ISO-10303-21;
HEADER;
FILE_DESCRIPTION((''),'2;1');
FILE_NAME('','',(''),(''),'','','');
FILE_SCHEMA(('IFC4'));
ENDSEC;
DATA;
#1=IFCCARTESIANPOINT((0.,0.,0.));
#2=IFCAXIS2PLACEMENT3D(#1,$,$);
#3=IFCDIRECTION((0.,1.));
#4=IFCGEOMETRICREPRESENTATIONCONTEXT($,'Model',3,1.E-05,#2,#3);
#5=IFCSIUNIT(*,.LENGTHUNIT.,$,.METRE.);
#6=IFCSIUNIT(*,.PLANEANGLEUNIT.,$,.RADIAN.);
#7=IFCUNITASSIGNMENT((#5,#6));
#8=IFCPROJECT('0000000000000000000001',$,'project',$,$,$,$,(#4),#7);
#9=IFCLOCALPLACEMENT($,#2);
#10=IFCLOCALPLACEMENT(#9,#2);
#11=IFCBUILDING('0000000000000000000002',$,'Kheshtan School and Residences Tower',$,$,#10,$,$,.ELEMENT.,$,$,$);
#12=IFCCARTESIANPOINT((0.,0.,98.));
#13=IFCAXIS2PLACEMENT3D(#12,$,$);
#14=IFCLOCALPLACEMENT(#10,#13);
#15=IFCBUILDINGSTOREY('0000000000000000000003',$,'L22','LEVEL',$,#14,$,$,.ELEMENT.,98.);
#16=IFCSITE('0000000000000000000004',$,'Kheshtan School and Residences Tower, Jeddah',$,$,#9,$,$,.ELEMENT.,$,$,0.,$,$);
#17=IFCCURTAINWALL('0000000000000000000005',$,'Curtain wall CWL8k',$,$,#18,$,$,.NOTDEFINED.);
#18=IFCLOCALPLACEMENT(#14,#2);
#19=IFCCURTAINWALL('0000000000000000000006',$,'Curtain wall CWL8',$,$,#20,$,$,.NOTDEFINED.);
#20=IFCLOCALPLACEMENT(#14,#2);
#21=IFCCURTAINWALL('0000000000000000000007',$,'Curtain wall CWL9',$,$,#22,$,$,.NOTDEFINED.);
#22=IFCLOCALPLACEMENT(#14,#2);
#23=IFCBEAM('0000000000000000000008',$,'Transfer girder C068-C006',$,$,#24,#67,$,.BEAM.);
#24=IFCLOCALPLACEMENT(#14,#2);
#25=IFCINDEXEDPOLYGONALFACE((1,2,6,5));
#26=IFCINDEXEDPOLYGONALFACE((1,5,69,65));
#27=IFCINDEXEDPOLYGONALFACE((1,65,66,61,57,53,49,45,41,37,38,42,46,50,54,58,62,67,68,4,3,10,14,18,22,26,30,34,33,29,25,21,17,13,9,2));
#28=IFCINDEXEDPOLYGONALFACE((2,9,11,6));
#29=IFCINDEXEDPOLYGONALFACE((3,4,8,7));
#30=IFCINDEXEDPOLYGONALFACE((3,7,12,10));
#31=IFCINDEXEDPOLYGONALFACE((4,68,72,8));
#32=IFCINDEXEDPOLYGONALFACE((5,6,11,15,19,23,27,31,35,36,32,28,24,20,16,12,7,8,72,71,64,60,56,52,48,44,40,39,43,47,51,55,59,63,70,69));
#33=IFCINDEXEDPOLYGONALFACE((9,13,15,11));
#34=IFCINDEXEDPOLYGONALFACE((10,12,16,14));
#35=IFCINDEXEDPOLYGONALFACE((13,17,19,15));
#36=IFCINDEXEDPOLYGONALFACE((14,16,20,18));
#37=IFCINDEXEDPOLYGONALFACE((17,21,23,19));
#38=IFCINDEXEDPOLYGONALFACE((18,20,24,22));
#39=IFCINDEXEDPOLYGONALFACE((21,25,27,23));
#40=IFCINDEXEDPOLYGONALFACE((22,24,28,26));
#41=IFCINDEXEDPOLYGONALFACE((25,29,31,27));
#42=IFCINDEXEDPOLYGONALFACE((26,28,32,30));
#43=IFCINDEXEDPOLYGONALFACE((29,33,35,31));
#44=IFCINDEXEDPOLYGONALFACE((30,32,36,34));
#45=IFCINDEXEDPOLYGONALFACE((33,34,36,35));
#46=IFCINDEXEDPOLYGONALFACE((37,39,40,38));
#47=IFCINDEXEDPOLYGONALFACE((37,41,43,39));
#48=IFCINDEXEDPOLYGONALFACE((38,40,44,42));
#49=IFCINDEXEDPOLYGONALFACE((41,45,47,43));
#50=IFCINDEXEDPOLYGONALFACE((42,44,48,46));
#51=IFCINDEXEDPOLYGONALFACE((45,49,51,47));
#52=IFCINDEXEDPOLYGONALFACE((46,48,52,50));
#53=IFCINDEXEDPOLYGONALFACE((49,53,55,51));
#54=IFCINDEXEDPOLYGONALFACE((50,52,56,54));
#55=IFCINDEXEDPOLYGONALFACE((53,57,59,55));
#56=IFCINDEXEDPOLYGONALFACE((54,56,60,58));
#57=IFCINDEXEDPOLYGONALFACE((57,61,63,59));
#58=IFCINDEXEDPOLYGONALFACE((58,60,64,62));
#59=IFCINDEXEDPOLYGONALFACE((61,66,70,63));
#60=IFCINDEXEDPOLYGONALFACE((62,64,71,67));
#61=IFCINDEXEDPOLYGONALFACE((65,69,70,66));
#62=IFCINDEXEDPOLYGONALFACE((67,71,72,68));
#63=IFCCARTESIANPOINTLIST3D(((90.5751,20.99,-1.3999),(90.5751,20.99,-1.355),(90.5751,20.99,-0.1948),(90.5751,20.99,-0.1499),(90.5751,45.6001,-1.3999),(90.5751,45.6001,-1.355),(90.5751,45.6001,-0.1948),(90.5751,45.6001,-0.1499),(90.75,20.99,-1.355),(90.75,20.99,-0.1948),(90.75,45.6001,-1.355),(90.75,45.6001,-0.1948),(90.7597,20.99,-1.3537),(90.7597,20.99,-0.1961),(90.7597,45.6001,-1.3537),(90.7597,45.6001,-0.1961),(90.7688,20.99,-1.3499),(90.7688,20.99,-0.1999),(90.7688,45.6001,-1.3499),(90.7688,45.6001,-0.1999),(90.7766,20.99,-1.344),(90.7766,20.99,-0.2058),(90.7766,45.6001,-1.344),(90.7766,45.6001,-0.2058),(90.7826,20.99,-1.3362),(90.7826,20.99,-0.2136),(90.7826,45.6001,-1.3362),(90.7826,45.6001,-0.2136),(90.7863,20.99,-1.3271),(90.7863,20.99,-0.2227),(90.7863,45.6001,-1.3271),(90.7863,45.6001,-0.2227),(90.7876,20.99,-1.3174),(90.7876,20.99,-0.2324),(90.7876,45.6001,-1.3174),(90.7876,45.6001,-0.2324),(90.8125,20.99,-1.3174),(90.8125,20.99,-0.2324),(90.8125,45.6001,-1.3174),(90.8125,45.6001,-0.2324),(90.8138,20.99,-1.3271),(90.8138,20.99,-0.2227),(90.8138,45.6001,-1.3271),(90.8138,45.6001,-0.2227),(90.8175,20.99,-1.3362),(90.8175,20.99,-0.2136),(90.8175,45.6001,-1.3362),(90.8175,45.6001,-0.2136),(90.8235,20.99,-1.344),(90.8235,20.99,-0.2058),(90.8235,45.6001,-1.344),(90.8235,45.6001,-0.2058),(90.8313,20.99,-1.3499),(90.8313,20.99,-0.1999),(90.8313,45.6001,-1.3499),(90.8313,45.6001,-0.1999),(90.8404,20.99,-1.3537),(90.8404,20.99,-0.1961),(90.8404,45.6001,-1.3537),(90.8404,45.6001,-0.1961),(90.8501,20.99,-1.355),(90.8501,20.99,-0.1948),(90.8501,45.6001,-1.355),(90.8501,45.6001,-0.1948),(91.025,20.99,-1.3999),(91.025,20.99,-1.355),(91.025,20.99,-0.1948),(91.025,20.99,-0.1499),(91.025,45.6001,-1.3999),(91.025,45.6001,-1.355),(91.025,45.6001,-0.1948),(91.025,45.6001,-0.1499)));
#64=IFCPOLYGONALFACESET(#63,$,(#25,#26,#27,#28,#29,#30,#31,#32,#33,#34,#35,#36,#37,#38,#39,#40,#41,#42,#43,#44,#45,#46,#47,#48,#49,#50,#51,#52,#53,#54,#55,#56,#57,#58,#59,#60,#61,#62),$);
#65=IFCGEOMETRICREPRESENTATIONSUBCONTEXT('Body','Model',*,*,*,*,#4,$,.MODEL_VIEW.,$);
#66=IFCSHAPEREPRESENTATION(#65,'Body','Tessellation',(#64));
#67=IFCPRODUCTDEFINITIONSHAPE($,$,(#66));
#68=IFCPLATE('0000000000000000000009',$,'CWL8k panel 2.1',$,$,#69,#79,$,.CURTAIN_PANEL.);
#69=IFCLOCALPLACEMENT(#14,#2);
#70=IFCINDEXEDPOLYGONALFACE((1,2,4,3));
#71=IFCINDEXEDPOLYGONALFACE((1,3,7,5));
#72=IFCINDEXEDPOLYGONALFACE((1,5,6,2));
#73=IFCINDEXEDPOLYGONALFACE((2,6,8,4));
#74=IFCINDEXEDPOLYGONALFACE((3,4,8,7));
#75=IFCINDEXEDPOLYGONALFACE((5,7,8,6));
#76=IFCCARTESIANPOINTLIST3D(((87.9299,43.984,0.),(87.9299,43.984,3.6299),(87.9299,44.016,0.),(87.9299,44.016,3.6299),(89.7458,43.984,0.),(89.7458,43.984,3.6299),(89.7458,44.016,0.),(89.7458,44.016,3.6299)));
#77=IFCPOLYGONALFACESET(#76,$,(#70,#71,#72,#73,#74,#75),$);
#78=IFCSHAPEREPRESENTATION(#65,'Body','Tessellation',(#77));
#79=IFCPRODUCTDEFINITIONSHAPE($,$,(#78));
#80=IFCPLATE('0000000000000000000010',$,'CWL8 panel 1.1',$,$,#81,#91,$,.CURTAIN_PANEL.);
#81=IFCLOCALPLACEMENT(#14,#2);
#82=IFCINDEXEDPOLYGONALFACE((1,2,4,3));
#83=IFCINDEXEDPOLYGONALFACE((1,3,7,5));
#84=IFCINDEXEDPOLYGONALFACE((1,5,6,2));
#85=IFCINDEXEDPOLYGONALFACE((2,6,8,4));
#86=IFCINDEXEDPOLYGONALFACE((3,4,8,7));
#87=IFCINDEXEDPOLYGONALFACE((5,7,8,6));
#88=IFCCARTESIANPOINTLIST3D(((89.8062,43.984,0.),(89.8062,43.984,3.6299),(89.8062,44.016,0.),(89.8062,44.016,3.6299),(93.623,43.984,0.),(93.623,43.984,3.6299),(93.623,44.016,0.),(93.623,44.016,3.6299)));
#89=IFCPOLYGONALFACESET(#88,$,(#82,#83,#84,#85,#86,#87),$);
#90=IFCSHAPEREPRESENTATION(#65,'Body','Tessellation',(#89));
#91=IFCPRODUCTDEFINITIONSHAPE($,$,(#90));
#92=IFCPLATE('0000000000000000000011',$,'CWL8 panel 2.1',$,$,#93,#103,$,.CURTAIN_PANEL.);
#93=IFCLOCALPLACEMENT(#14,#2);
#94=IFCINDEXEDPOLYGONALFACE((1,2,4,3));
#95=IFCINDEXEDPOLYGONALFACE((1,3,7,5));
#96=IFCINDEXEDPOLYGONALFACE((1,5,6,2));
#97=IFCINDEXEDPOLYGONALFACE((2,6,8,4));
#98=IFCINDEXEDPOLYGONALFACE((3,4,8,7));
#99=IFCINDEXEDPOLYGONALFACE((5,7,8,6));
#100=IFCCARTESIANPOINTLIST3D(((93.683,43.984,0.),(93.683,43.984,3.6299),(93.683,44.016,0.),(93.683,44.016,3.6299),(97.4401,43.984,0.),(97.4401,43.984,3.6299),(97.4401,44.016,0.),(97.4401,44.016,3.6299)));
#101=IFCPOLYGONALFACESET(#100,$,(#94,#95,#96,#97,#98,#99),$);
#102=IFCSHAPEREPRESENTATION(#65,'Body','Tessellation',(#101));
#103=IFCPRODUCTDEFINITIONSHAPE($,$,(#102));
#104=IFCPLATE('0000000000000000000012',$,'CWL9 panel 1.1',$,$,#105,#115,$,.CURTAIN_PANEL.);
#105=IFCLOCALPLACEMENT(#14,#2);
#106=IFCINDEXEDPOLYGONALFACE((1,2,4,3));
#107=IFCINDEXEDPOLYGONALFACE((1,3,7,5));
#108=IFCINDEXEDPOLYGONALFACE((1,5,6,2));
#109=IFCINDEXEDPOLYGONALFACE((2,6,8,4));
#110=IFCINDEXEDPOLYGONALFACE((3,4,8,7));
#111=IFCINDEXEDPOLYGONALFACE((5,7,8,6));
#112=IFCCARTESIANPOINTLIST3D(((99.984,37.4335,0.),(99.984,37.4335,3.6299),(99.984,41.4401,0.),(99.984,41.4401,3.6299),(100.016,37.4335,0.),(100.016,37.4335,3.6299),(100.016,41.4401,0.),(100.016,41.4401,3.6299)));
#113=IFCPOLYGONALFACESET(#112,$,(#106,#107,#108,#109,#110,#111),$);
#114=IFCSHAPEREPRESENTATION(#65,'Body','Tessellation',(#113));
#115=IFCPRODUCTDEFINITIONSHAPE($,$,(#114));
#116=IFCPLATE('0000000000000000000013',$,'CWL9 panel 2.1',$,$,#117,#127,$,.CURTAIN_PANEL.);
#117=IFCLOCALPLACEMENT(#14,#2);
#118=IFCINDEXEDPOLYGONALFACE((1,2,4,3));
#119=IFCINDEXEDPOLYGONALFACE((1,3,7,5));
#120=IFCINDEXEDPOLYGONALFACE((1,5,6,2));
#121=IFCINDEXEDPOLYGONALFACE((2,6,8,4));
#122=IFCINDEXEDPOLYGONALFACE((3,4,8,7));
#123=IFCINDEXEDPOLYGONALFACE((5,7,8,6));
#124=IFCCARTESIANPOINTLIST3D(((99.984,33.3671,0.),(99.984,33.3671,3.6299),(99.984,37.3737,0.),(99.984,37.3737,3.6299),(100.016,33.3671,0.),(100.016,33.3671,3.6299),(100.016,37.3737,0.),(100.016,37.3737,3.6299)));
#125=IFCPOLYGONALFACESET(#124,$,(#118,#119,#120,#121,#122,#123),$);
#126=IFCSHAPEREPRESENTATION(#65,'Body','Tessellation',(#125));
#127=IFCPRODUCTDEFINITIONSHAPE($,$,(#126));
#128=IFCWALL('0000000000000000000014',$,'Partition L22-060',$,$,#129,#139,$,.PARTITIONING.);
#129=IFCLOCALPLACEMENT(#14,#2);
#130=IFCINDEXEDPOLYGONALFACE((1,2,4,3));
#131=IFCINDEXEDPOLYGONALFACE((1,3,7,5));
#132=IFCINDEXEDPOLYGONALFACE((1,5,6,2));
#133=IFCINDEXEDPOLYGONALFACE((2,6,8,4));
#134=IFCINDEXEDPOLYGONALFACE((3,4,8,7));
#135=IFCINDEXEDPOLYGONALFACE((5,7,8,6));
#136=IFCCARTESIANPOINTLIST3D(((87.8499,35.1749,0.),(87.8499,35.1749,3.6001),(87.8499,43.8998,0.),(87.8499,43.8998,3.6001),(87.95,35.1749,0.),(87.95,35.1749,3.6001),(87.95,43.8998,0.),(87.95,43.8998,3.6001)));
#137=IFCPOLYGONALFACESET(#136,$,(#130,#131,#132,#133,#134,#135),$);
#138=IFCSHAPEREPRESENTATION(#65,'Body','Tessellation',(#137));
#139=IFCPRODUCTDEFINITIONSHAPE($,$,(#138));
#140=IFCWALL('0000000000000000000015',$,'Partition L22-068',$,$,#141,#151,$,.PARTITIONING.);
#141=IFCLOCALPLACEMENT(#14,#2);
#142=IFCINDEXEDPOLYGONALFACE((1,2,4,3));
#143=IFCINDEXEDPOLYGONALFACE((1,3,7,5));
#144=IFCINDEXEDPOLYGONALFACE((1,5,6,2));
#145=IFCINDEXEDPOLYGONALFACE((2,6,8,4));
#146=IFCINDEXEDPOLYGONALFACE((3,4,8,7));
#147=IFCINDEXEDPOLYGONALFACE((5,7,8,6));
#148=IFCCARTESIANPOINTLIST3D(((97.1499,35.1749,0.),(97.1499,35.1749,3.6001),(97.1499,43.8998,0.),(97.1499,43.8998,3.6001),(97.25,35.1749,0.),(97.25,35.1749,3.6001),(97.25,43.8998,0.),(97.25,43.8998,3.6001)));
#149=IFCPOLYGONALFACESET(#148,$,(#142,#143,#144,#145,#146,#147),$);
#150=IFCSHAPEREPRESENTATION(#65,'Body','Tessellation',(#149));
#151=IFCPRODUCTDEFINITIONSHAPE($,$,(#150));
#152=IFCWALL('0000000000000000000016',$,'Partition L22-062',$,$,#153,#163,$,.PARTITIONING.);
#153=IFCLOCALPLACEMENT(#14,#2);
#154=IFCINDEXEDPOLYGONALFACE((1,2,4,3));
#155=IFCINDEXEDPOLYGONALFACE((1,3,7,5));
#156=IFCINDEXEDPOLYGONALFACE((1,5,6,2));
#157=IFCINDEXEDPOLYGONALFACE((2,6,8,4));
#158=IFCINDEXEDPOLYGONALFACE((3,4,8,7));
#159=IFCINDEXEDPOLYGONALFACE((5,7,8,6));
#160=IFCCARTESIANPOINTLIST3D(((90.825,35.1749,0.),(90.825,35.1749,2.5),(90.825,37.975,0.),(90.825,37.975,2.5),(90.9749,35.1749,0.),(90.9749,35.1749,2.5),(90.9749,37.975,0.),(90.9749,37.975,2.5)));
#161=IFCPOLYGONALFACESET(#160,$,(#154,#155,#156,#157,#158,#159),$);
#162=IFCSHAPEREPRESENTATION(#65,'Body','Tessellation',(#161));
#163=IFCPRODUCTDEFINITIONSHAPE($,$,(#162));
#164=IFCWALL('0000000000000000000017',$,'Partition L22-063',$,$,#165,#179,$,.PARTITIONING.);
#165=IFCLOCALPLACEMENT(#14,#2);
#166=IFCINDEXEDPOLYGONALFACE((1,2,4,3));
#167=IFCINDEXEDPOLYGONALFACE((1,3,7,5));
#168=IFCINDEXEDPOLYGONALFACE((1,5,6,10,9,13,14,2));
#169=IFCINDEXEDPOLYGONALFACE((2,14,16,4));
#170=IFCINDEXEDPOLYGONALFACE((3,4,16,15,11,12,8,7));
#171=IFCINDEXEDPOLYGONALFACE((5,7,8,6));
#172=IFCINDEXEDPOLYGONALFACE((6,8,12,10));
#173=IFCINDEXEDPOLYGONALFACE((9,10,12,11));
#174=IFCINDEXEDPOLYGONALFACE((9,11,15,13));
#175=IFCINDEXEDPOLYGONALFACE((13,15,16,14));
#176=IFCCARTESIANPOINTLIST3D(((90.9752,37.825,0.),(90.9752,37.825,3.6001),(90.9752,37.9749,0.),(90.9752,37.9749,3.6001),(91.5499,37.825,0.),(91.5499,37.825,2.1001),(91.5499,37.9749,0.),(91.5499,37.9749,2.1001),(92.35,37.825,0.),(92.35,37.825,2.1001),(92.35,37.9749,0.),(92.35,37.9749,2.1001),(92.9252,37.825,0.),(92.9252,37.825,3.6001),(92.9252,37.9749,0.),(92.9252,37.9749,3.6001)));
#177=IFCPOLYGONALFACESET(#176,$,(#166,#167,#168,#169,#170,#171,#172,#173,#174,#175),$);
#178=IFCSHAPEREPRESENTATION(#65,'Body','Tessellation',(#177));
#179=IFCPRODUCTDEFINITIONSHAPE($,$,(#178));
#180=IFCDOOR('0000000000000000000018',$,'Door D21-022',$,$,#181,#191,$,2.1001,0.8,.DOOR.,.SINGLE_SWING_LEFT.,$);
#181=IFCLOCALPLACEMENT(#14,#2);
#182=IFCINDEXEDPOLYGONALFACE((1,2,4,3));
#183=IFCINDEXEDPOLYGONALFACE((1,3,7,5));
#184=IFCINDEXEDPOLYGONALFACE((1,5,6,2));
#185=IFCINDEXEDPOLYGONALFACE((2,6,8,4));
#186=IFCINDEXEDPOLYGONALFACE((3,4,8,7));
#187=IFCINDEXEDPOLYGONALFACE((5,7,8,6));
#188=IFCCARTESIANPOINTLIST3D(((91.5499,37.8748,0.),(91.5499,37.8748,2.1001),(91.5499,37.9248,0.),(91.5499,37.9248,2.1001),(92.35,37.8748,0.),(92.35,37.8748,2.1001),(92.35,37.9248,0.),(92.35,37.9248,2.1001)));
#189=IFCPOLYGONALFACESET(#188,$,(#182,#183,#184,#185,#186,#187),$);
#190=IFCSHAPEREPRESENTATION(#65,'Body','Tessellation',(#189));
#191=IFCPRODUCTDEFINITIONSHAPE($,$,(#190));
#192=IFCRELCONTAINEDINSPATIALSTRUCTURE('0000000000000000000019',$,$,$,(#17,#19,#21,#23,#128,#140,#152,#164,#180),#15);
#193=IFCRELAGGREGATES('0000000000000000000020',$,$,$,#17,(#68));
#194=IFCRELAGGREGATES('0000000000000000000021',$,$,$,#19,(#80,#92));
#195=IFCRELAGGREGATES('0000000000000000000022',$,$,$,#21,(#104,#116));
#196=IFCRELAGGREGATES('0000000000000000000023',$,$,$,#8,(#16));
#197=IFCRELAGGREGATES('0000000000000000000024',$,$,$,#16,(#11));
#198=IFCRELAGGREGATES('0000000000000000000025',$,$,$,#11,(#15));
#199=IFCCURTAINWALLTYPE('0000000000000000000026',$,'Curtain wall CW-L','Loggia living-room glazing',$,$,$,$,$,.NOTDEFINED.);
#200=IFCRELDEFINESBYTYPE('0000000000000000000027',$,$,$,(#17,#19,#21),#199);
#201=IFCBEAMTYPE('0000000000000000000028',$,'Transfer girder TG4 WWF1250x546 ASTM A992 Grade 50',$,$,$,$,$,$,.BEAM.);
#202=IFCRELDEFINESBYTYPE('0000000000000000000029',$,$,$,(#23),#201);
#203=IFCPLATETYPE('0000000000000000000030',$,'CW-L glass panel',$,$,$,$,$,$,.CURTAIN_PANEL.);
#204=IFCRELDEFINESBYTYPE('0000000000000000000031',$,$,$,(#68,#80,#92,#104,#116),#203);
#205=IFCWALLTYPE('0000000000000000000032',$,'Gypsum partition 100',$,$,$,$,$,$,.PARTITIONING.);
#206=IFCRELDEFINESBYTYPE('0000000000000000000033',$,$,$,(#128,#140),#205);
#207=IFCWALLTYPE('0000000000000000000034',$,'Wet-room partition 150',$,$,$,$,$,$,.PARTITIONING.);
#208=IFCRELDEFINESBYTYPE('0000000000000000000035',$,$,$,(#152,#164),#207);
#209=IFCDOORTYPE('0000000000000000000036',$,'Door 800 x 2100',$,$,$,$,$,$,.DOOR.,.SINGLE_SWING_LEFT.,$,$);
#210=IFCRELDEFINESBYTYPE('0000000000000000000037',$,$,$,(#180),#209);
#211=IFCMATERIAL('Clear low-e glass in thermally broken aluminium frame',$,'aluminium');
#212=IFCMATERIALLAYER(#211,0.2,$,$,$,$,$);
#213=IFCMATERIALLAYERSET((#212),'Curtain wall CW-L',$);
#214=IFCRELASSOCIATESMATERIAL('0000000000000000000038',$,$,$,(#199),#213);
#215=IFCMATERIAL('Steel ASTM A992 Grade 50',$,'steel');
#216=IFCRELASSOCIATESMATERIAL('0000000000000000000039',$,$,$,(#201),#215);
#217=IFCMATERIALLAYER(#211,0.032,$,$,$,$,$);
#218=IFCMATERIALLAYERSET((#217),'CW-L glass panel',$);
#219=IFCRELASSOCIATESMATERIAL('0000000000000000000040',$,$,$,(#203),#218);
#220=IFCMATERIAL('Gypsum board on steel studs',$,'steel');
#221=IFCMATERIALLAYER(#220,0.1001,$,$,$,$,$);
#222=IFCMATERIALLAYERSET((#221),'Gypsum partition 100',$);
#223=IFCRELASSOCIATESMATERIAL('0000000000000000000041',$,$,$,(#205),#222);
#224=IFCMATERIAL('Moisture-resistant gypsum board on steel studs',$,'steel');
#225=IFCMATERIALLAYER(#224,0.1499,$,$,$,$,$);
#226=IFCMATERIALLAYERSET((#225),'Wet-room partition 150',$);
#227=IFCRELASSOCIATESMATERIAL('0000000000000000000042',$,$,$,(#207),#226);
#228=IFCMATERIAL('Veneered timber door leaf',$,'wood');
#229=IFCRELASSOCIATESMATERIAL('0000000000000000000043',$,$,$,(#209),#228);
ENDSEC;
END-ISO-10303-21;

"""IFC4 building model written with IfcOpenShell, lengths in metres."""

from ifc_helpers import new_model, si_unit, direction, frame, frame_2d, origin, origin_2d, place, context, subcontext, project, spatial, rectangle, i_section, extrude, source, transform, mapped, material, layer, layer_set, material_profile, profile_set, type_object, element, fill, aggregate, save


model = new_model("IFC4")

# Units and contexts
model_context = context("Model", 3, precision=1e-05, world=origin(), true_north=direction((0.0, 1.0)))
body_context = subcontext(model_context, "Body", "Model", "MODEL_VIEW")
ifc_project = project(units=[si_unit("LENGTHUNIT", "METRE"), si_unit("PLANEANGLEUNIT", "RADIAN")], contexts=[model_context])

# Site, building, storey
site_placement = place(None, origin())
site = spatial("IfcSite", under=ifc_project, at=site_placement, Name="Kheshtan School and Residences Tower, Jeddah", CompositionType="ELEMENT", RefElevation=0.0)
building_placement = place(site_placement, origin())
building = spatial("IfcBuilding", under=site, at=building_placement, Name="Kheshtan School and Residences Tower", CompositionType="ELEMENT")
storey_placement = place(building_placement, frame((0.0, 0.0, 98.0)))
storey = spatial("IfcBuildingStorey", under=building, at=storey_placement, Name="L22", Description="LEVEL", CompositionType="ELEMENT", Elevation=98.0)

# Shared definitions
ifc_material_1 = material(Name="Steel ASTM A992 Grade 50", Category="steel")

# Curtain walls
ifc_material_2 = material(Name="Clear low-e glass in thermally broken aluminium frame", Category="aluminium")
ifc_layer_1 = layer(ifc_material_2, 0.2)
ifc_layer_set_1 = layer_set([ifc_layer_1], Name="Curtain wall CW-L")
curtain_wall_type = type_object("IfcCurtainWallType", Name="Curtain wall CW-L", Description="Loggia living-room glazing", PredefinedType="NOTDEFINED", material=ifc_layer_set_1)
curtain_wall_1_placement = place(storey_placement, origin())
curtain_wall_1 = element("IfcCurtainWall", 1, at=curtain_wall_1_placement, inside=storey, type_object=curtain_wall_type, Name="Curtain wall CWL8k", PredefinedType="NOTDEFINED")
curtain_wall_2_placement = place(storey_placement, origin())
curtain_wall_2 = element("IfcCurtainWall", 2, at=curtain_wall_2_placement, inside=storey, type_object=curtain_wall_type, Name="Curtain wall CWL8", PredefinedType="NOTDEFINED")
curtain_wall_3_placement = place(storey_placement, origin())
curtain_wall_3 = element("IfcCurtainWall", 3, at=curtain_wall_3_placement, inside=storey, type_object=curtain_wall_type, Name="Curtain wall CWL9", PredefinedType="NOTDEFINED")

# Beam
ifc_material_profile_1 = material_profile(ifc_material_1, i_section(OverallWidth=0.45, OverallDepth=1.25, WebThickness=0.0249, FlangeThickness=0.0449, FilletRadius=0.0376, at=origin_2d()), Name="WWF1250x546")
ifc_profile_set_1 = profile_set([ifc_material_profile_1], Name="Steel ASTM A992 Grade 50")
beam_type = type_object("IfcBeamType", Name="Transfer girder TG4 WWF1250x546 ASTM A992 Grade 50", PredefinedType="BEAM", material=ifc_profile_set_1)
beam_placement = place(storey_placement, frame((90.8, 45.6001, -0.7749), z_axis=(0.0, -1.0, 0.0), x_axis=(1.0, 0.0, 0.0)))
element("IfcBeam", 4, at=beam_placement, inside=storey, type_object=beam_type, Name="Transfer girder C068-C006", PredefinedType="BEAM", context=body_context, shape_type="SweptSolid", body=[
    extrude(i_section(OverallWidth=0.45, OverallDepth=1.25, WebThickness=0.0249, FlangeThickness=0.0449, FilletRadius=0.0376, at=origin_2d()), origin(), (0.0, 0.0, 1.0), 24.6101),
])

# Plates
ifc_layer_2 = layer(ifc_material_2, 0.032)
ifc_layer_set_2 = layer_set([ifc_layer_2], Name="CW-L glass panel")
plate_type = type_object("IfcPlateType", Name="CW-L glass panel", PredefinedType="CURTAIN_PANEL", material=ifc_layer_set_2)
plate_1_placement = place(storey_placement, frame((88.8379, 44.0, 0.0), z_axis=(0.0, 0.0, 1.0), x_axis=(1.0, 0.0, 0.0)))
plate_1 = element("IfcPlate", 5, at=plate_1_placement, type_object=plate_type, Name="CWL8k panel 2.1", PredefinedType="CURTAIN_PANEL", context=body_context, shape_type="SweptSolid", body=[
    extrude(rectangle(XDim=1.8159, YDim=0.032, at=origin_2d()), origin(), (0.0, 0.0, 1.0), 3.6299),
])
aggregate(curtain_wall_1, [plate_1])
plate_2_placement = place(storey_placement, frame((91.7146, 44.0, 0.0), z_axis=(0.0, 0.0, 1.0), x_axis=(1.0, 0.0, 0.0)))
plate_2 = element("IfcPlate", 6, at=plate_2_placement, type_object=plate_type, Name="CWL8 panel 1.1", PredefinedType="CURTAIN_PANEL", context=body_context, shape_type="SweptSolid", body=[
    extrude(rectangle(XDim=3.8169, YDim=0.032, at=origin_2d()), origin(), (0.0, 0.0, 1.0), 3.6299),
])
plate_3_placement = place(storey_placement, frame((95.5615, 44.0, 0.0), z_axis=(0.0, 0.0, 1.0), x_axis=(1.0, 0.0, 0.0)))
plate_3 = element("IfcPlate", 7, at=plate_3_placement, type_object=plate_type, Name="CWL8 panel 2.1", PredefinedType="CURTAIN_PANEL", context=body_context, shape_type="SweptSolid", body=[
    extrude(rectangle(XDim=3.7571, YDim=0.032, at=origin_2d()), origin(), (0.0, 0.0, 1.0), 3.6299),
])
aggregate(curtain_wall_2, [plate_2, plate_3])
plate_4_placement = place(storey_placement, frame((100.0, 39.4368, 0.0), z_axis=(0.0, 0.0, 1.0), x_axis=(0.0, -1.0, 0.0)))
plate_4 = element("IfcPlate", 8, at=plate_4_placement, type_object=plate_type, Name="CWL9 panel 1.1", PredefinedType="CURTAIN_PANEL", context=body_context, shape_type="SweptSolid", body=[
    extrude(rectangle(XDim=4.0066, YDim=0.032, at=origin_2d()), origin(), (0.0, 0.0, 1.0), 3.6299),
])
plate_5_placement = place(storey_placement, frame((100.0, 35.3704, 0.0), z_axis=(0.0, 0.0, 1.0), x_axis=(0.0, -1.0, 0.0)))
plate_5 = element("IfcPlate", 9, at=plate_5_placement, type_object=plate_type, Name="CWL9 panel 2.1", PredefinedType="CURTAIN_PANEL", context=body_context, shape_type="SweptSolid", body=[
    extrude(rectangle(XDim=4.0066, YDim=0.032, at=origin_2d()), origin(), (0.0, 0.0, 1.0), 3.6299),
])
aggregate(curtain_wall_3, [plate_4, plate_5])

# Walls
ifc_material_3 = material(Name="Gypsum board on steel studs", Category="steel")
ifc_layer_3 = layer(ifc_material_3, 0.1001)
ifc_layer_set_3 = layer_set([ifc_layer_3], Name="Gypsum partition 100")
wall_type_1 = type_object("IfcWallType", Name="Gypsum partition 100", PredefinedType="PARTITIONING", material=ifc_layer_set_3)
for number, where, z_axis, x_axis, name in (
    (10, (87.8999, 35.175, 0.0), (0.0, 0.0, 1.0), (0.0, 1.0, 0.0), "Partition L22-060"),
    (11, (97.2, 35.175, 0.0), (0.0, 0.0, 1.0), (0.0, 1.0, 0.0), "Partition L22-068"),
):
    element("IfcWall", number, at=place(storey_placement, frame(where, z_axis=z_axis, x_axis=x_axis)), inside=storey, type_object=wall_type_1, Name=name, PredefinedType="PARTITIONING", context=body_context, shape_type="SweptSolid", body=[
        extrude(rectangle(XDim=8.7249, YDim=0.1001, at=frame_2d((4.3623, 0.0))), origin(), (0.0, 0.0, 1.0), 3.6001),
    ])
ifc_material_4 = material(Name="Moisture-resistant gypsum board on steel studs", Category="steel")
ifc_layer_4 = layer(ifc_material_4, 0.1499)
ifc_layer_set_4 = layer_set([ifc_layer_4], Name="Wet-room partition 150")
wall_type_2 = type_object("IfcWallType", Name="Wet-room partition 150", PredefinedType="PARTITIONING", material=ifc_layer_set_4)
wall_1_placement = place(storey_placement, frame((90.8999, 35.175, 0.0), z_axis=(0.0, 0.0, 1.0), x_axis=(0.0, 1.0, 0.0)))
element("IfcWall", 12, at=wall_1_placement, inside=storey, type_object=wall_type_2, Name="Partition L22-062", PredefinedType="PARTITIONING", context=body_context, shape_type="SweptSolid", body=[
    extrude(rectangle(XDim=2.8, YDim=0.1499, at=frame_2d((1.3999, 0.0))), origin(), (0.0, 0.0, 1.0), 2.5),
])

# Wall, opening, door
wall_2_placement = place(storey_placement, frame((90.9751, 37.8999, 0.0), z_axis=(0.0, 0.0, 1.0), x_axis=(1.0, 0.0, 0.0)))
wall_2 = element("IfcWall", 13, at=wall_2_placement, inside=storey, type_object=wall_type_2, Name="Partition L22-063", PredefinedType="PARTITIONING", context=body_context, shape_type="SweptSolid", body=[
    extrude(rectangle(XDim=1.95, YDim=0.1499, at=frame_2d((0.9751, 0.0))), origin(), (0.0, 0.0, 1.0), 3.6001),
])
opening_1_placement = place(wall_2_placement, frame((0.575, 0.0, 0.0)))
opening_1 = element("IfcOpeningElement", 14, at=opening_1_placement, cuts=wall_2, PredefinedType="OPENING", context=body_context, shape_type="SweptSolid", body=[
    extrude(rectangle(XDim=0.8, YDim=2.1001, at=frame_2d((0.3999, 1.05))), frame((0.0, 0.085, 0.0), z_axis=(0.0, -1.0, 0.0), x_axis=(1.0, 0.0, 0.0)), (0.0, 0.0, 1.0), 0.1699),
])
ifc_material_5 = material(Name="Veneered timber door leaf", Category="wood")
door_type_1 = type_object("IfcDoorType", Name="Door 800 x 2100", OperationType="SINGLE_SWING_LEFT", PredefinedType="DOOR", material=ifc_material_5)
shared_shape_1 = source(origin(), body_context, "Body", "SweptSolid", [
    extrude(rectangle(XDim=0.8, YDim=2.1001, at=frame_2d((0.3999, 1.05))), frame((0.0, 0.0249, 0.0), z_axis=(0.0, -1.0, 0.0), x_axis=(1.0, 0.0, 0.0)), (0.0, 0.0, 1.0), 0.05),
])
door_1_placement = place(opening_1_placement, origin())
door_1 = element("IfcDoor", 15, at=door_1_placement, inside=storey, type_object=door_type_1, Name="Door D21-022", OperationType="SINGLE_SWING_LEFT", OverallHeight=2.1001, OverallWidth=0.8, PredefinedType="DOOR", context=body_context, shape_type="MappedRepresentation", body=[
    mapped(shared_shape_1, transform((0.0, 0.0, 0.0), x_axis=(1.0, 0.0, 0.0), y_axis=(0.0, 1.0, 0.0), z_axis=(0.0, 0.0, 1.0), scale=1.0)),
])
fill(opening_1, door_1)

save(model, "model.ifc")
